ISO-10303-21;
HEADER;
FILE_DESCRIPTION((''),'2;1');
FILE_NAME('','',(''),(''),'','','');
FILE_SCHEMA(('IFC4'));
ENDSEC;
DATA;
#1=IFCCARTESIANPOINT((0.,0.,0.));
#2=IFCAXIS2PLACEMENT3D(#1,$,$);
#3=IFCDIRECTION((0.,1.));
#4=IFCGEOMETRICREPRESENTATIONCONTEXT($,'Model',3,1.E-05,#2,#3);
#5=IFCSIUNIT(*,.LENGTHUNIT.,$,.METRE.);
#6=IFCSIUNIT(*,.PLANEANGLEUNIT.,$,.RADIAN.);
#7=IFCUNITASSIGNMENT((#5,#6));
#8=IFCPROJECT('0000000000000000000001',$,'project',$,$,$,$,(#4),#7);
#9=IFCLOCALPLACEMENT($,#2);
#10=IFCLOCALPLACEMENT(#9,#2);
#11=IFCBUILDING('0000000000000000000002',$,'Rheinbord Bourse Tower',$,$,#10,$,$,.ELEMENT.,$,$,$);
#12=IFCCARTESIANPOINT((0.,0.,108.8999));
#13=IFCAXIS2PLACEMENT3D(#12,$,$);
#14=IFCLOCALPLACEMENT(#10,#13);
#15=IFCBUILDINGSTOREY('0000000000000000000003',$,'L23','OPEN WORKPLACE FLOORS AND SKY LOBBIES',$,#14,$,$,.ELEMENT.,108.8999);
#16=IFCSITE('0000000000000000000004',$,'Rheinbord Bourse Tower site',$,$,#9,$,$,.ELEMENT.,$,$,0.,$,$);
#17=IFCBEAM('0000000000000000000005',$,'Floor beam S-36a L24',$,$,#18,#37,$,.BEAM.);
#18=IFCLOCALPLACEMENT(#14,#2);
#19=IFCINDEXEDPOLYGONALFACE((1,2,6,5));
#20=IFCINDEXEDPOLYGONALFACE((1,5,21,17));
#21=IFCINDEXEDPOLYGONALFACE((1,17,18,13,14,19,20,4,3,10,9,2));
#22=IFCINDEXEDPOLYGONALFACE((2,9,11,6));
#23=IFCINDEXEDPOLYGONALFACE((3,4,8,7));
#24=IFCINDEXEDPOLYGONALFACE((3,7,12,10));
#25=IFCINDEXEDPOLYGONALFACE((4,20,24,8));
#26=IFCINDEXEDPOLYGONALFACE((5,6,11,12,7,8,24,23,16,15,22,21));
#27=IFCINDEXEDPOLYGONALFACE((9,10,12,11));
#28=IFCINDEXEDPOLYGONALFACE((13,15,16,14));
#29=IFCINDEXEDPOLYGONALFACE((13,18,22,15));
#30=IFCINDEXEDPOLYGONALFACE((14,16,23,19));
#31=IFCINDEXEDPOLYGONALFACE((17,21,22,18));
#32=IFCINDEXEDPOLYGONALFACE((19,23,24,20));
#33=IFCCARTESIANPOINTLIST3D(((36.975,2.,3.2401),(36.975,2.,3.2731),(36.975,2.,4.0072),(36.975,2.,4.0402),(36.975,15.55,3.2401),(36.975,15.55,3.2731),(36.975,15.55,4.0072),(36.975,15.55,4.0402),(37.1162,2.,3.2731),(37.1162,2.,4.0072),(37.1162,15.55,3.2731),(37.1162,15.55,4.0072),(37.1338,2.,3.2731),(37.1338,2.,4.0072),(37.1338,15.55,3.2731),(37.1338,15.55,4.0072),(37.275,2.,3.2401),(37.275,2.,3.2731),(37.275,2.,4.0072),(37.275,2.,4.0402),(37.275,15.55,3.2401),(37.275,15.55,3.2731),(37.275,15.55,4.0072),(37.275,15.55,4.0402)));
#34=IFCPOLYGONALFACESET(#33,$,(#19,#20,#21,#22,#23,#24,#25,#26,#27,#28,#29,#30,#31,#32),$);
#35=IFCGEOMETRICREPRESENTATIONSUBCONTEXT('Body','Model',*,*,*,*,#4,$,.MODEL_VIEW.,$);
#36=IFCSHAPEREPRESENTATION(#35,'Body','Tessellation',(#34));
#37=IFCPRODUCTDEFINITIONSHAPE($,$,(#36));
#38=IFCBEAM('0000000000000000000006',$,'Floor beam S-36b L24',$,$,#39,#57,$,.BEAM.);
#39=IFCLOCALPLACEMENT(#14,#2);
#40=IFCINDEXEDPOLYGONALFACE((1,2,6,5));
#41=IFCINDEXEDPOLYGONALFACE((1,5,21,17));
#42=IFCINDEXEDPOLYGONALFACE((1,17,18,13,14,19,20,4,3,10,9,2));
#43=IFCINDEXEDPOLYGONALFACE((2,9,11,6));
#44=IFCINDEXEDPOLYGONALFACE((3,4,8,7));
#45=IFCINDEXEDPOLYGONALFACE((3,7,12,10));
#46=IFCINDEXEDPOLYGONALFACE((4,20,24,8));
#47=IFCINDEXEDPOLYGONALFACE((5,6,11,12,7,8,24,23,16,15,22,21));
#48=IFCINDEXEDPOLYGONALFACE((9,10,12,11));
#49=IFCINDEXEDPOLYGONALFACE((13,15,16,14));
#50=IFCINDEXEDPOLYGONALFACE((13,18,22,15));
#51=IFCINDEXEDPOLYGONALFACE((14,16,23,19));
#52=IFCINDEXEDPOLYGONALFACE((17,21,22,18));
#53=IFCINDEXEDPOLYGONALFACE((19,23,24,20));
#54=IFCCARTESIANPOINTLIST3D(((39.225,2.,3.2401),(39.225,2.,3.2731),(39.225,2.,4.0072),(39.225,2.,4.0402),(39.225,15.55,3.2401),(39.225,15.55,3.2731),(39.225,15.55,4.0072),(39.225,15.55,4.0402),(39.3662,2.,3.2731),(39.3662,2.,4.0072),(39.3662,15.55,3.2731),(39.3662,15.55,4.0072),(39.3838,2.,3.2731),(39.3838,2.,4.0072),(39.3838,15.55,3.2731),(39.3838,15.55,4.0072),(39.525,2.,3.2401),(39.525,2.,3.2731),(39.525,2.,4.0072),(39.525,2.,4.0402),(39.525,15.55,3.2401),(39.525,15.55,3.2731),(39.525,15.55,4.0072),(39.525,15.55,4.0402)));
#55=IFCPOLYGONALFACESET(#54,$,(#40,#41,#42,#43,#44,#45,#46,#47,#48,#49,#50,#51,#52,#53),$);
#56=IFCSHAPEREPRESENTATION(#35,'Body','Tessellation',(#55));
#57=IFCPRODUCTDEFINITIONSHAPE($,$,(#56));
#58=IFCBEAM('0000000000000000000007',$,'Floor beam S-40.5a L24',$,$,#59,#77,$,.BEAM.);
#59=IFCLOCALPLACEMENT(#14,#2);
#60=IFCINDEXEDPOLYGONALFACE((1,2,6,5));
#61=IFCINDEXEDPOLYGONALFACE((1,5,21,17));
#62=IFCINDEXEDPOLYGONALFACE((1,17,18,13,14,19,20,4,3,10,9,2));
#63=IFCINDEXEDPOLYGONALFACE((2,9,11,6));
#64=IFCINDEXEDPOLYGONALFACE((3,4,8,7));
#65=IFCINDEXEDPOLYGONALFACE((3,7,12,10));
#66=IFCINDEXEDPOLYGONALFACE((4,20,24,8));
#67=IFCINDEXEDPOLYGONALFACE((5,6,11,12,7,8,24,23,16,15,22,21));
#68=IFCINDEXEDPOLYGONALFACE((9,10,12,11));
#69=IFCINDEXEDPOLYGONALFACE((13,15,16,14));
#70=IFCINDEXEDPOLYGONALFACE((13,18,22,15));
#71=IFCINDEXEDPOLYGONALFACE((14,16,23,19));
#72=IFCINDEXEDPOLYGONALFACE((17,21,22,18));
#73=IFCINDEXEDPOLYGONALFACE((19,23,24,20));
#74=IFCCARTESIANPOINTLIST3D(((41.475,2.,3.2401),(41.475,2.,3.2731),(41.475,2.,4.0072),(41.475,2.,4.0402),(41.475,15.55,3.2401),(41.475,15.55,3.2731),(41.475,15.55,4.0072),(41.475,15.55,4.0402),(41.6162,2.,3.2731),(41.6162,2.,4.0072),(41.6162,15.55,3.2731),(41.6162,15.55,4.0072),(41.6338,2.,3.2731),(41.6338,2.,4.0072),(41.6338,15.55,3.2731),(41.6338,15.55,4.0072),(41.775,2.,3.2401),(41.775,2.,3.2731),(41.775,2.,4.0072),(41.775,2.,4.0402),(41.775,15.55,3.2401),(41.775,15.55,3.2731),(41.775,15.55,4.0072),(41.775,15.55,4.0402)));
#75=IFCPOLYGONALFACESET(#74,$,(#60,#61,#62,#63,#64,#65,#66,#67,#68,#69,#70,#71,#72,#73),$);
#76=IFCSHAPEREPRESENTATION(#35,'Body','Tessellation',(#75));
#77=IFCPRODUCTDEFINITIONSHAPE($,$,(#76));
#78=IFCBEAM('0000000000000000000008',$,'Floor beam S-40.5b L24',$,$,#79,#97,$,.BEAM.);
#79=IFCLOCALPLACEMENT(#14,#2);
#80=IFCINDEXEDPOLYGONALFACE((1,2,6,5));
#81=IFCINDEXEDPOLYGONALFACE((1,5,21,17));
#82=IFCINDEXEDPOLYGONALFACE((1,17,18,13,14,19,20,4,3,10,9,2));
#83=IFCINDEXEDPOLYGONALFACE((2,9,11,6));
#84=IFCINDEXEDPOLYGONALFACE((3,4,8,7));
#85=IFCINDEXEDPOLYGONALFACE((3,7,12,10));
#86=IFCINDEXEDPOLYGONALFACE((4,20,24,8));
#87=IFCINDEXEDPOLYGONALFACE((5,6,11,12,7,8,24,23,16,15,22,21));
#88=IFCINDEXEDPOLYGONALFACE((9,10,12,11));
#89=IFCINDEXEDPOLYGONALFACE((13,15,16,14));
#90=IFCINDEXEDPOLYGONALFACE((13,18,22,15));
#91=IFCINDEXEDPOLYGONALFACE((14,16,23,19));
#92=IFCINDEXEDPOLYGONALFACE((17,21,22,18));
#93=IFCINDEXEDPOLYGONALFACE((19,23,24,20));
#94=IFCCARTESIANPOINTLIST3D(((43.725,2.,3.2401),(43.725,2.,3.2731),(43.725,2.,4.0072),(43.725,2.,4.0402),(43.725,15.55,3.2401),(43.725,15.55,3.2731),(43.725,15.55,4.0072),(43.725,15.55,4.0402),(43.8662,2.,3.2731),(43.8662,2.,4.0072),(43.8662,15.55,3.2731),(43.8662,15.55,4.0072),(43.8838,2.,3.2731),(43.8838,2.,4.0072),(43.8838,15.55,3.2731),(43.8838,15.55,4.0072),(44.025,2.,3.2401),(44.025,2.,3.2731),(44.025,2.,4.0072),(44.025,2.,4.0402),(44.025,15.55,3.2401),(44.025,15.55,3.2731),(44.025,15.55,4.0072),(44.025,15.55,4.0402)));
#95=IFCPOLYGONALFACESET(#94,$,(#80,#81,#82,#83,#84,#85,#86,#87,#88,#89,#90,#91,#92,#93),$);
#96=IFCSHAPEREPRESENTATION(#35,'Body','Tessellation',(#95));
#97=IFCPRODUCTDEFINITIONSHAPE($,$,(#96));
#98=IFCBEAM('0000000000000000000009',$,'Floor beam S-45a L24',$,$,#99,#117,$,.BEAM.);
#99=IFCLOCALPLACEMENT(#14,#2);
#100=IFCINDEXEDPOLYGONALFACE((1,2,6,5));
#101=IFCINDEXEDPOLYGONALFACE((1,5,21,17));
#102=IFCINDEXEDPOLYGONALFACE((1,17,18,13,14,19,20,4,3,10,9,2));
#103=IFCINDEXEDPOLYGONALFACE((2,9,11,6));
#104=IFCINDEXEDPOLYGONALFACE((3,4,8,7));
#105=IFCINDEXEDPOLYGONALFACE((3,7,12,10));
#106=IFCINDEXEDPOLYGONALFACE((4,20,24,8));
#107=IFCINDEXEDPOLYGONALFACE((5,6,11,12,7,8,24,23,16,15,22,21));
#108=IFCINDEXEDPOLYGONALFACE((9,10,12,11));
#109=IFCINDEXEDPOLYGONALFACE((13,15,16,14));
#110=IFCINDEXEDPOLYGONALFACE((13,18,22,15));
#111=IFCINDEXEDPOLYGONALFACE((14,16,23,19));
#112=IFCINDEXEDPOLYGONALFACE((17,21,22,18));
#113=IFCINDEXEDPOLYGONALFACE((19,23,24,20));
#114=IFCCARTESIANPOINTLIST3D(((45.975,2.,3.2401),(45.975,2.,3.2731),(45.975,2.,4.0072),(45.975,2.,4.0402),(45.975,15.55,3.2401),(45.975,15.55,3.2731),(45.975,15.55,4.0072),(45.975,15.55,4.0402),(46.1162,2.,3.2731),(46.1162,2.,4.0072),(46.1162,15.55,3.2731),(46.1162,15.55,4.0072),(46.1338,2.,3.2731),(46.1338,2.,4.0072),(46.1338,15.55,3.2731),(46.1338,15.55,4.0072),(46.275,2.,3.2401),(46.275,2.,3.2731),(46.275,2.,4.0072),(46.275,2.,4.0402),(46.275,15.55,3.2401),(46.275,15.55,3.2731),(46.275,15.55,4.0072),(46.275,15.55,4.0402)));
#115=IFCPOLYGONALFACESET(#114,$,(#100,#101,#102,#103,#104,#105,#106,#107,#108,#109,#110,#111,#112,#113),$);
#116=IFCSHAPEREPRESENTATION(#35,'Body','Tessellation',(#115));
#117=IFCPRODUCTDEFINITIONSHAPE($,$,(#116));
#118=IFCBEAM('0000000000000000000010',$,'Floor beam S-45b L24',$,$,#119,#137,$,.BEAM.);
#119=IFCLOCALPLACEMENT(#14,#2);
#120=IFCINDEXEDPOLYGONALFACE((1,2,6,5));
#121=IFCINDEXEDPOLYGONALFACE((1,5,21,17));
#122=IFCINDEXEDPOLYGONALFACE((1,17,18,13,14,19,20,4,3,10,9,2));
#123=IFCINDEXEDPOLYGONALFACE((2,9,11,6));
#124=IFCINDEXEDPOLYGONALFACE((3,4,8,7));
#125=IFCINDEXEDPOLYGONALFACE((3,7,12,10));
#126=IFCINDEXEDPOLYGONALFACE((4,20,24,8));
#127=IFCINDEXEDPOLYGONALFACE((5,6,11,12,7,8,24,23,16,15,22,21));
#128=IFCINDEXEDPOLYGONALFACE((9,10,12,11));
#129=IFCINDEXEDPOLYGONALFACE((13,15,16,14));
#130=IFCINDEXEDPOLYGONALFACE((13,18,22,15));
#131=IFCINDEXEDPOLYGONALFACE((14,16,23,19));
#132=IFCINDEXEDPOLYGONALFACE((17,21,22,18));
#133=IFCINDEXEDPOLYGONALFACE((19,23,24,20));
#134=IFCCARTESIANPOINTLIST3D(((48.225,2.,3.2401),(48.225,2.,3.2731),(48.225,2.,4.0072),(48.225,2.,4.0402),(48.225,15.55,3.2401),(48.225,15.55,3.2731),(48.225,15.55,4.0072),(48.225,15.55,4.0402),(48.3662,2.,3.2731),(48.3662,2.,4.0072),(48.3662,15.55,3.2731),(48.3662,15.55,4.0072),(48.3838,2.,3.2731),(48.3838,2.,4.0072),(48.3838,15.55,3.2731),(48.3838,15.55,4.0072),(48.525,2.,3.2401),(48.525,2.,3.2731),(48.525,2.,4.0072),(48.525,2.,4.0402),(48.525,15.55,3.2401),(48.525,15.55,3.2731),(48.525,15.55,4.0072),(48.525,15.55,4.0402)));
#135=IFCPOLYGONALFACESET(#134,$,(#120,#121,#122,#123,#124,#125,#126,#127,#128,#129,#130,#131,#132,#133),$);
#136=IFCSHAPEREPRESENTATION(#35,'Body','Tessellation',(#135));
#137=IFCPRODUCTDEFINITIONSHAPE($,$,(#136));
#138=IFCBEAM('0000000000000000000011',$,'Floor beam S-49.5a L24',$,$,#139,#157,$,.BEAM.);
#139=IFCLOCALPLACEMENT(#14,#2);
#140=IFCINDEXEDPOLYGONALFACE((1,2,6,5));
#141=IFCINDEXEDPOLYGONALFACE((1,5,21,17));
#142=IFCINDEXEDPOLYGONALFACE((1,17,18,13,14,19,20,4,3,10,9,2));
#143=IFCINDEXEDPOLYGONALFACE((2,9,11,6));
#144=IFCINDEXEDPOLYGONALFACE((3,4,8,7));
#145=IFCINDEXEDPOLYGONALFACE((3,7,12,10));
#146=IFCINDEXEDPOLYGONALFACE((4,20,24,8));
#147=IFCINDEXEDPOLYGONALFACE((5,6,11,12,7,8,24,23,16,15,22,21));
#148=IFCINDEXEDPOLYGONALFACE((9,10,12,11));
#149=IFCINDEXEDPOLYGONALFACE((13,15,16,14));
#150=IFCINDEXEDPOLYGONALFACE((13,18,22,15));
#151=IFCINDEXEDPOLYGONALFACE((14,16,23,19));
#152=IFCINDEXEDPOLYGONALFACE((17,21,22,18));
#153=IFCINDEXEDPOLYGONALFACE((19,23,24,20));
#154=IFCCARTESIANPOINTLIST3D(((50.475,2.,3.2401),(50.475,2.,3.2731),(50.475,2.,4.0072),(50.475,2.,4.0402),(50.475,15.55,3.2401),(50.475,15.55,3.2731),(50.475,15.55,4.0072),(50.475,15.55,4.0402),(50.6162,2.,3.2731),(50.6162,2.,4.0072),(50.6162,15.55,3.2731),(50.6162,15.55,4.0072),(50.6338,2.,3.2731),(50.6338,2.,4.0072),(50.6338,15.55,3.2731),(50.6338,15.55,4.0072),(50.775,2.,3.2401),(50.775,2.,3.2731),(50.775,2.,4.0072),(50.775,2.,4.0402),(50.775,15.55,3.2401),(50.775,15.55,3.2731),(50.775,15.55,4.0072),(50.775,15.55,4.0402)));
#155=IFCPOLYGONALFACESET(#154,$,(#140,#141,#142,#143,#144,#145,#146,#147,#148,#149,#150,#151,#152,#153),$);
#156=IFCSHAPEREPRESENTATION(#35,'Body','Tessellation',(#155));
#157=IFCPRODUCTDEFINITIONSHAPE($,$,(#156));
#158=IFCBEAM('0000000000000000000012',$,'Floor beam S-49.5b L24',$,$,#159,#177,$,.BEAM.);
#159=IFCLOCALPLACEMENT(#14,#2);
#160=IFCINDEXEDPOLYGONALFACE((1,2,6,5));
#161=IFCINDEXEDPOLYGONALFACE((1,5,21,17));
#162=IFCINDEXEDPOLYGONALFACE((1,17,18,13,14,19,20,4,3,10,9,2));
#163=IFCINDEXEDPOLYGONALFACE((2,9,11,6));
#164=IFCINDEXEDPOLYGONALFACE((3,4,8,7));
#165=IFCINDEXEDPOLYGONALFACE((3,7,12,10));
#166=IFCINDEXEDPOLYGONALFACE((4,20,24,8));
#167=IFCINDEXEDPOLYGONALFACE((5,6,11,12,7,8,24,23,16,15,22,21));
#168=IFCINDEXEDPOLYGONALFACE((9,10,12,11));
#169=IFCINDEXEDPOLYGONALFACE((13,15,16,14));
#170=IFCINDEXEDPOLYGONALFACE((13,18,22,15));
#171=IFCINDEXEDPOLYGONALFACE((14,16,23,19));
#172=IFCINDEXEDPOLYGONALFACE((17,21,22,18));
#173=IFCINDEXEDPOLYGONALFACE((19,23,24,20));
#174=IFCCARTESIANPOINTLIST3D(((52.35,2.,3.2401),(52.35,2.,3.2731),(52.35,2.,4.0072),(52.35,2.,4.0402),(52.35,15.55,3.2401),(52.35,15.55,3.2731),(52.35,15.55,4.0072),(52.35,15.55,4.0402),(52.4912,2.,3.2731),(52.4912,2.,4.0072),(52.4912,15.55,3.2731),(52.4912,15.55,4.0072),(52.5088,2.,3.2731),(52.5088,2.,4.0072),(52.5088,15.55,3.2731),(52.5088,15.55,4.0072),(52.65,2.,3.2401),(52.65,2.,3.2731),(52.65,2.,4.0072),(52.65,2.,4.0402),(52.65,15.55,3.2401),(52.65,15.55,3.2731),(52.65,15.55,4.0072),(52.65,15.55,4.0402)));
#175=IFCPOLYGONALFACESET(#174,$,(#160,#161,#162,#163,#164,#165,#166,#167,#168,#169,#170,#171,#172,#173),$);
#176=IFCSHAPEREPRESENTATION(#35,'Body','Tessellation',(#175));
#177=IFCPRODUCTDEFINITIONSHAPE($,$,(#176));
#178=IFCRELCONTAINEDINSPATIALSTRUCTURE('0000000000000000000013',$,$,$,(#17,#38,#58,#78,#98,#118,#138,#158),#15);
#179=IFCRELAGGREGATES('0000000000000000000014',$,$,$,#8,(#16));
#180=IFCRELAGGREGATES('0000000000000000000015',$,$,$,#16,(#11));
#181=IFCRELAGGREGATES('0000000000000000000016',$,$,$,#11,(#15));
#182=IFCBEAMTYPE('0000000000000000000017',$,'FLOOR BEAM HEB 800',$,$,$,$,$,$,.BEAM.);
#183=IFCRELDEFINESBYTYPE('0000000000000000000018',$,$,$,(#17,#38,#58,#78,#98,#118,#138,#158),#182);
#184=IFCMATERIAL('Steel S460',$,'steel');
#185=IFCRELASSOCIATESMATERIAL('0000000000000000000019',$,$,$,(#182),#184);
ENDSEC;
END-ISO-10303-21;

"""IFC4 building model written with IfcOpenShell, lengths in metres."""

from ifc_helpers import new_model, si_unit, direction, frame, origin, origin_2d, place, context, subcontext, project, spatial, i_section, extrude, material, material_profile, profile_set, type_object, element, save


model = new_model("IFC4")

# Units and contexts
model_context = context("Model", 3, precision=1e-05, world=origin(), true_north=direction((0.0, 1.0)))
body_context = subcontext(model_context, "Body", "Model", "MODEL_VIEW")
ifc_project = project(units=[si_unit("LENGTHUNIT", "METRE"), si_unit("PLANEANGLEUNIT", "RADIAN")], contexts=[model_context])

# Site, building, storey
site_placement = place(None, origin())
site = spatial("IfcSite", under=ifc_project, at=site_placement, Name="Rheinbord Bourse Tower site", CompositionType="ELEMENT", RefElevation=0.0)
building_placement = place(site_placement, origin())
building = spatial("IfcBuilding", under=site, at=building_placement, Name="Rheinbord Bourse Tower", CompositionType="ELEMENT")
storey_placement = place(building_placement, frame((0.0, 0.0, 108.8999)))
storey = spatial("IfcBuildingStorey", under=building, at=storey_placement, Name="L23", Description="OPEN WORKPLACE FLOORS AND SKY LOBBIES", CompositionType="ELEMENT", Elevation=108.8999)

# Beams
ifc_material_1 = material(Name="Steel S460", Category="steel")
ifc_material_profile_1 = material_profile(ifc_material_1, i_section(OverallWidth=0.3, OverallDepth=0.8, WebThickness=0.0176, FlangeThickness=0.033, at=origin_2d()), Name="HEB 800")
ifc_profile_set_1 = profile_set([ifc_material_profile_1], Name="Steel S460")
beam_type_1 = type_object("IfcBeamType", Name="FLOOR BEAM HEB 800", PredefinedType="BEAM", material=ifc_profile_set_1)
for number, where, z_axis, x_axis, name in (
    (1, (37.125, 2.0, 3.6401), (0.0, 1.0, 0.0), (-1.0, 0.0, 0.0), "Floor beam S-36a L24"),
    (2, (39.375, 2.0, 3.6401), (0.0, 1.0, 0.0), (-1.0, 0.0, 0.0), "Floor beam S-36b L24"),
    (3, (41.625, 2.0, 3.6401), (0.0, 1.0, 0.0), (-1.0, 0.0, 0.0), "Floor beam S-40.5a L24"),
    (4, (43.875, 2.0, 3.6401), (0.0, 1.0, 0.0), (-1.0, 0.0, 0.0), "Floor beam S-40.5b L24"),
    (5, (46.125, 2.0, 3.6401), (0.0, 1.0, 0.0), (-1.0, 0.0, 0.0), "Floor beam S-45a L24"),
    (6, (48.375, 2.0, 3.6401), (0.0, 1.0, 0.0), (-1.0, 0.0, 0.0), "Floor beam S-45b L24"),
    (7, (50.625, 2.0, 3.6401), (0.0, 1.0, 0.0), (-1.0, 0.0, 0.0), "Floor beam S-49.5a L24"),
    (8, (52.5, 2.0, 3.6401), (0.0, 1.0, 0.0), (-1.0, 0.0, 0.0), "Floor beam S-49.5b L24"),
):
    element("IfcBeam", number, at=place(storey_placement, frame(where, z_axis=z_axis, x_axis=x_axis)), inside=storey, type_object=beam_type_1, Name=name, PredefinedType="BEAM", context=body_context, shape_type="SweptSolid", body=[
        extrude(i_section(OverallWidth=0.3, OverallDepth=0.8, WebThickness=0.0176, FlangeThickness=0.033, at=origin_2d()), origin(), (0.0, 0.0, 1.0), 13.55),
    ])

save(model, "model.ifc")
